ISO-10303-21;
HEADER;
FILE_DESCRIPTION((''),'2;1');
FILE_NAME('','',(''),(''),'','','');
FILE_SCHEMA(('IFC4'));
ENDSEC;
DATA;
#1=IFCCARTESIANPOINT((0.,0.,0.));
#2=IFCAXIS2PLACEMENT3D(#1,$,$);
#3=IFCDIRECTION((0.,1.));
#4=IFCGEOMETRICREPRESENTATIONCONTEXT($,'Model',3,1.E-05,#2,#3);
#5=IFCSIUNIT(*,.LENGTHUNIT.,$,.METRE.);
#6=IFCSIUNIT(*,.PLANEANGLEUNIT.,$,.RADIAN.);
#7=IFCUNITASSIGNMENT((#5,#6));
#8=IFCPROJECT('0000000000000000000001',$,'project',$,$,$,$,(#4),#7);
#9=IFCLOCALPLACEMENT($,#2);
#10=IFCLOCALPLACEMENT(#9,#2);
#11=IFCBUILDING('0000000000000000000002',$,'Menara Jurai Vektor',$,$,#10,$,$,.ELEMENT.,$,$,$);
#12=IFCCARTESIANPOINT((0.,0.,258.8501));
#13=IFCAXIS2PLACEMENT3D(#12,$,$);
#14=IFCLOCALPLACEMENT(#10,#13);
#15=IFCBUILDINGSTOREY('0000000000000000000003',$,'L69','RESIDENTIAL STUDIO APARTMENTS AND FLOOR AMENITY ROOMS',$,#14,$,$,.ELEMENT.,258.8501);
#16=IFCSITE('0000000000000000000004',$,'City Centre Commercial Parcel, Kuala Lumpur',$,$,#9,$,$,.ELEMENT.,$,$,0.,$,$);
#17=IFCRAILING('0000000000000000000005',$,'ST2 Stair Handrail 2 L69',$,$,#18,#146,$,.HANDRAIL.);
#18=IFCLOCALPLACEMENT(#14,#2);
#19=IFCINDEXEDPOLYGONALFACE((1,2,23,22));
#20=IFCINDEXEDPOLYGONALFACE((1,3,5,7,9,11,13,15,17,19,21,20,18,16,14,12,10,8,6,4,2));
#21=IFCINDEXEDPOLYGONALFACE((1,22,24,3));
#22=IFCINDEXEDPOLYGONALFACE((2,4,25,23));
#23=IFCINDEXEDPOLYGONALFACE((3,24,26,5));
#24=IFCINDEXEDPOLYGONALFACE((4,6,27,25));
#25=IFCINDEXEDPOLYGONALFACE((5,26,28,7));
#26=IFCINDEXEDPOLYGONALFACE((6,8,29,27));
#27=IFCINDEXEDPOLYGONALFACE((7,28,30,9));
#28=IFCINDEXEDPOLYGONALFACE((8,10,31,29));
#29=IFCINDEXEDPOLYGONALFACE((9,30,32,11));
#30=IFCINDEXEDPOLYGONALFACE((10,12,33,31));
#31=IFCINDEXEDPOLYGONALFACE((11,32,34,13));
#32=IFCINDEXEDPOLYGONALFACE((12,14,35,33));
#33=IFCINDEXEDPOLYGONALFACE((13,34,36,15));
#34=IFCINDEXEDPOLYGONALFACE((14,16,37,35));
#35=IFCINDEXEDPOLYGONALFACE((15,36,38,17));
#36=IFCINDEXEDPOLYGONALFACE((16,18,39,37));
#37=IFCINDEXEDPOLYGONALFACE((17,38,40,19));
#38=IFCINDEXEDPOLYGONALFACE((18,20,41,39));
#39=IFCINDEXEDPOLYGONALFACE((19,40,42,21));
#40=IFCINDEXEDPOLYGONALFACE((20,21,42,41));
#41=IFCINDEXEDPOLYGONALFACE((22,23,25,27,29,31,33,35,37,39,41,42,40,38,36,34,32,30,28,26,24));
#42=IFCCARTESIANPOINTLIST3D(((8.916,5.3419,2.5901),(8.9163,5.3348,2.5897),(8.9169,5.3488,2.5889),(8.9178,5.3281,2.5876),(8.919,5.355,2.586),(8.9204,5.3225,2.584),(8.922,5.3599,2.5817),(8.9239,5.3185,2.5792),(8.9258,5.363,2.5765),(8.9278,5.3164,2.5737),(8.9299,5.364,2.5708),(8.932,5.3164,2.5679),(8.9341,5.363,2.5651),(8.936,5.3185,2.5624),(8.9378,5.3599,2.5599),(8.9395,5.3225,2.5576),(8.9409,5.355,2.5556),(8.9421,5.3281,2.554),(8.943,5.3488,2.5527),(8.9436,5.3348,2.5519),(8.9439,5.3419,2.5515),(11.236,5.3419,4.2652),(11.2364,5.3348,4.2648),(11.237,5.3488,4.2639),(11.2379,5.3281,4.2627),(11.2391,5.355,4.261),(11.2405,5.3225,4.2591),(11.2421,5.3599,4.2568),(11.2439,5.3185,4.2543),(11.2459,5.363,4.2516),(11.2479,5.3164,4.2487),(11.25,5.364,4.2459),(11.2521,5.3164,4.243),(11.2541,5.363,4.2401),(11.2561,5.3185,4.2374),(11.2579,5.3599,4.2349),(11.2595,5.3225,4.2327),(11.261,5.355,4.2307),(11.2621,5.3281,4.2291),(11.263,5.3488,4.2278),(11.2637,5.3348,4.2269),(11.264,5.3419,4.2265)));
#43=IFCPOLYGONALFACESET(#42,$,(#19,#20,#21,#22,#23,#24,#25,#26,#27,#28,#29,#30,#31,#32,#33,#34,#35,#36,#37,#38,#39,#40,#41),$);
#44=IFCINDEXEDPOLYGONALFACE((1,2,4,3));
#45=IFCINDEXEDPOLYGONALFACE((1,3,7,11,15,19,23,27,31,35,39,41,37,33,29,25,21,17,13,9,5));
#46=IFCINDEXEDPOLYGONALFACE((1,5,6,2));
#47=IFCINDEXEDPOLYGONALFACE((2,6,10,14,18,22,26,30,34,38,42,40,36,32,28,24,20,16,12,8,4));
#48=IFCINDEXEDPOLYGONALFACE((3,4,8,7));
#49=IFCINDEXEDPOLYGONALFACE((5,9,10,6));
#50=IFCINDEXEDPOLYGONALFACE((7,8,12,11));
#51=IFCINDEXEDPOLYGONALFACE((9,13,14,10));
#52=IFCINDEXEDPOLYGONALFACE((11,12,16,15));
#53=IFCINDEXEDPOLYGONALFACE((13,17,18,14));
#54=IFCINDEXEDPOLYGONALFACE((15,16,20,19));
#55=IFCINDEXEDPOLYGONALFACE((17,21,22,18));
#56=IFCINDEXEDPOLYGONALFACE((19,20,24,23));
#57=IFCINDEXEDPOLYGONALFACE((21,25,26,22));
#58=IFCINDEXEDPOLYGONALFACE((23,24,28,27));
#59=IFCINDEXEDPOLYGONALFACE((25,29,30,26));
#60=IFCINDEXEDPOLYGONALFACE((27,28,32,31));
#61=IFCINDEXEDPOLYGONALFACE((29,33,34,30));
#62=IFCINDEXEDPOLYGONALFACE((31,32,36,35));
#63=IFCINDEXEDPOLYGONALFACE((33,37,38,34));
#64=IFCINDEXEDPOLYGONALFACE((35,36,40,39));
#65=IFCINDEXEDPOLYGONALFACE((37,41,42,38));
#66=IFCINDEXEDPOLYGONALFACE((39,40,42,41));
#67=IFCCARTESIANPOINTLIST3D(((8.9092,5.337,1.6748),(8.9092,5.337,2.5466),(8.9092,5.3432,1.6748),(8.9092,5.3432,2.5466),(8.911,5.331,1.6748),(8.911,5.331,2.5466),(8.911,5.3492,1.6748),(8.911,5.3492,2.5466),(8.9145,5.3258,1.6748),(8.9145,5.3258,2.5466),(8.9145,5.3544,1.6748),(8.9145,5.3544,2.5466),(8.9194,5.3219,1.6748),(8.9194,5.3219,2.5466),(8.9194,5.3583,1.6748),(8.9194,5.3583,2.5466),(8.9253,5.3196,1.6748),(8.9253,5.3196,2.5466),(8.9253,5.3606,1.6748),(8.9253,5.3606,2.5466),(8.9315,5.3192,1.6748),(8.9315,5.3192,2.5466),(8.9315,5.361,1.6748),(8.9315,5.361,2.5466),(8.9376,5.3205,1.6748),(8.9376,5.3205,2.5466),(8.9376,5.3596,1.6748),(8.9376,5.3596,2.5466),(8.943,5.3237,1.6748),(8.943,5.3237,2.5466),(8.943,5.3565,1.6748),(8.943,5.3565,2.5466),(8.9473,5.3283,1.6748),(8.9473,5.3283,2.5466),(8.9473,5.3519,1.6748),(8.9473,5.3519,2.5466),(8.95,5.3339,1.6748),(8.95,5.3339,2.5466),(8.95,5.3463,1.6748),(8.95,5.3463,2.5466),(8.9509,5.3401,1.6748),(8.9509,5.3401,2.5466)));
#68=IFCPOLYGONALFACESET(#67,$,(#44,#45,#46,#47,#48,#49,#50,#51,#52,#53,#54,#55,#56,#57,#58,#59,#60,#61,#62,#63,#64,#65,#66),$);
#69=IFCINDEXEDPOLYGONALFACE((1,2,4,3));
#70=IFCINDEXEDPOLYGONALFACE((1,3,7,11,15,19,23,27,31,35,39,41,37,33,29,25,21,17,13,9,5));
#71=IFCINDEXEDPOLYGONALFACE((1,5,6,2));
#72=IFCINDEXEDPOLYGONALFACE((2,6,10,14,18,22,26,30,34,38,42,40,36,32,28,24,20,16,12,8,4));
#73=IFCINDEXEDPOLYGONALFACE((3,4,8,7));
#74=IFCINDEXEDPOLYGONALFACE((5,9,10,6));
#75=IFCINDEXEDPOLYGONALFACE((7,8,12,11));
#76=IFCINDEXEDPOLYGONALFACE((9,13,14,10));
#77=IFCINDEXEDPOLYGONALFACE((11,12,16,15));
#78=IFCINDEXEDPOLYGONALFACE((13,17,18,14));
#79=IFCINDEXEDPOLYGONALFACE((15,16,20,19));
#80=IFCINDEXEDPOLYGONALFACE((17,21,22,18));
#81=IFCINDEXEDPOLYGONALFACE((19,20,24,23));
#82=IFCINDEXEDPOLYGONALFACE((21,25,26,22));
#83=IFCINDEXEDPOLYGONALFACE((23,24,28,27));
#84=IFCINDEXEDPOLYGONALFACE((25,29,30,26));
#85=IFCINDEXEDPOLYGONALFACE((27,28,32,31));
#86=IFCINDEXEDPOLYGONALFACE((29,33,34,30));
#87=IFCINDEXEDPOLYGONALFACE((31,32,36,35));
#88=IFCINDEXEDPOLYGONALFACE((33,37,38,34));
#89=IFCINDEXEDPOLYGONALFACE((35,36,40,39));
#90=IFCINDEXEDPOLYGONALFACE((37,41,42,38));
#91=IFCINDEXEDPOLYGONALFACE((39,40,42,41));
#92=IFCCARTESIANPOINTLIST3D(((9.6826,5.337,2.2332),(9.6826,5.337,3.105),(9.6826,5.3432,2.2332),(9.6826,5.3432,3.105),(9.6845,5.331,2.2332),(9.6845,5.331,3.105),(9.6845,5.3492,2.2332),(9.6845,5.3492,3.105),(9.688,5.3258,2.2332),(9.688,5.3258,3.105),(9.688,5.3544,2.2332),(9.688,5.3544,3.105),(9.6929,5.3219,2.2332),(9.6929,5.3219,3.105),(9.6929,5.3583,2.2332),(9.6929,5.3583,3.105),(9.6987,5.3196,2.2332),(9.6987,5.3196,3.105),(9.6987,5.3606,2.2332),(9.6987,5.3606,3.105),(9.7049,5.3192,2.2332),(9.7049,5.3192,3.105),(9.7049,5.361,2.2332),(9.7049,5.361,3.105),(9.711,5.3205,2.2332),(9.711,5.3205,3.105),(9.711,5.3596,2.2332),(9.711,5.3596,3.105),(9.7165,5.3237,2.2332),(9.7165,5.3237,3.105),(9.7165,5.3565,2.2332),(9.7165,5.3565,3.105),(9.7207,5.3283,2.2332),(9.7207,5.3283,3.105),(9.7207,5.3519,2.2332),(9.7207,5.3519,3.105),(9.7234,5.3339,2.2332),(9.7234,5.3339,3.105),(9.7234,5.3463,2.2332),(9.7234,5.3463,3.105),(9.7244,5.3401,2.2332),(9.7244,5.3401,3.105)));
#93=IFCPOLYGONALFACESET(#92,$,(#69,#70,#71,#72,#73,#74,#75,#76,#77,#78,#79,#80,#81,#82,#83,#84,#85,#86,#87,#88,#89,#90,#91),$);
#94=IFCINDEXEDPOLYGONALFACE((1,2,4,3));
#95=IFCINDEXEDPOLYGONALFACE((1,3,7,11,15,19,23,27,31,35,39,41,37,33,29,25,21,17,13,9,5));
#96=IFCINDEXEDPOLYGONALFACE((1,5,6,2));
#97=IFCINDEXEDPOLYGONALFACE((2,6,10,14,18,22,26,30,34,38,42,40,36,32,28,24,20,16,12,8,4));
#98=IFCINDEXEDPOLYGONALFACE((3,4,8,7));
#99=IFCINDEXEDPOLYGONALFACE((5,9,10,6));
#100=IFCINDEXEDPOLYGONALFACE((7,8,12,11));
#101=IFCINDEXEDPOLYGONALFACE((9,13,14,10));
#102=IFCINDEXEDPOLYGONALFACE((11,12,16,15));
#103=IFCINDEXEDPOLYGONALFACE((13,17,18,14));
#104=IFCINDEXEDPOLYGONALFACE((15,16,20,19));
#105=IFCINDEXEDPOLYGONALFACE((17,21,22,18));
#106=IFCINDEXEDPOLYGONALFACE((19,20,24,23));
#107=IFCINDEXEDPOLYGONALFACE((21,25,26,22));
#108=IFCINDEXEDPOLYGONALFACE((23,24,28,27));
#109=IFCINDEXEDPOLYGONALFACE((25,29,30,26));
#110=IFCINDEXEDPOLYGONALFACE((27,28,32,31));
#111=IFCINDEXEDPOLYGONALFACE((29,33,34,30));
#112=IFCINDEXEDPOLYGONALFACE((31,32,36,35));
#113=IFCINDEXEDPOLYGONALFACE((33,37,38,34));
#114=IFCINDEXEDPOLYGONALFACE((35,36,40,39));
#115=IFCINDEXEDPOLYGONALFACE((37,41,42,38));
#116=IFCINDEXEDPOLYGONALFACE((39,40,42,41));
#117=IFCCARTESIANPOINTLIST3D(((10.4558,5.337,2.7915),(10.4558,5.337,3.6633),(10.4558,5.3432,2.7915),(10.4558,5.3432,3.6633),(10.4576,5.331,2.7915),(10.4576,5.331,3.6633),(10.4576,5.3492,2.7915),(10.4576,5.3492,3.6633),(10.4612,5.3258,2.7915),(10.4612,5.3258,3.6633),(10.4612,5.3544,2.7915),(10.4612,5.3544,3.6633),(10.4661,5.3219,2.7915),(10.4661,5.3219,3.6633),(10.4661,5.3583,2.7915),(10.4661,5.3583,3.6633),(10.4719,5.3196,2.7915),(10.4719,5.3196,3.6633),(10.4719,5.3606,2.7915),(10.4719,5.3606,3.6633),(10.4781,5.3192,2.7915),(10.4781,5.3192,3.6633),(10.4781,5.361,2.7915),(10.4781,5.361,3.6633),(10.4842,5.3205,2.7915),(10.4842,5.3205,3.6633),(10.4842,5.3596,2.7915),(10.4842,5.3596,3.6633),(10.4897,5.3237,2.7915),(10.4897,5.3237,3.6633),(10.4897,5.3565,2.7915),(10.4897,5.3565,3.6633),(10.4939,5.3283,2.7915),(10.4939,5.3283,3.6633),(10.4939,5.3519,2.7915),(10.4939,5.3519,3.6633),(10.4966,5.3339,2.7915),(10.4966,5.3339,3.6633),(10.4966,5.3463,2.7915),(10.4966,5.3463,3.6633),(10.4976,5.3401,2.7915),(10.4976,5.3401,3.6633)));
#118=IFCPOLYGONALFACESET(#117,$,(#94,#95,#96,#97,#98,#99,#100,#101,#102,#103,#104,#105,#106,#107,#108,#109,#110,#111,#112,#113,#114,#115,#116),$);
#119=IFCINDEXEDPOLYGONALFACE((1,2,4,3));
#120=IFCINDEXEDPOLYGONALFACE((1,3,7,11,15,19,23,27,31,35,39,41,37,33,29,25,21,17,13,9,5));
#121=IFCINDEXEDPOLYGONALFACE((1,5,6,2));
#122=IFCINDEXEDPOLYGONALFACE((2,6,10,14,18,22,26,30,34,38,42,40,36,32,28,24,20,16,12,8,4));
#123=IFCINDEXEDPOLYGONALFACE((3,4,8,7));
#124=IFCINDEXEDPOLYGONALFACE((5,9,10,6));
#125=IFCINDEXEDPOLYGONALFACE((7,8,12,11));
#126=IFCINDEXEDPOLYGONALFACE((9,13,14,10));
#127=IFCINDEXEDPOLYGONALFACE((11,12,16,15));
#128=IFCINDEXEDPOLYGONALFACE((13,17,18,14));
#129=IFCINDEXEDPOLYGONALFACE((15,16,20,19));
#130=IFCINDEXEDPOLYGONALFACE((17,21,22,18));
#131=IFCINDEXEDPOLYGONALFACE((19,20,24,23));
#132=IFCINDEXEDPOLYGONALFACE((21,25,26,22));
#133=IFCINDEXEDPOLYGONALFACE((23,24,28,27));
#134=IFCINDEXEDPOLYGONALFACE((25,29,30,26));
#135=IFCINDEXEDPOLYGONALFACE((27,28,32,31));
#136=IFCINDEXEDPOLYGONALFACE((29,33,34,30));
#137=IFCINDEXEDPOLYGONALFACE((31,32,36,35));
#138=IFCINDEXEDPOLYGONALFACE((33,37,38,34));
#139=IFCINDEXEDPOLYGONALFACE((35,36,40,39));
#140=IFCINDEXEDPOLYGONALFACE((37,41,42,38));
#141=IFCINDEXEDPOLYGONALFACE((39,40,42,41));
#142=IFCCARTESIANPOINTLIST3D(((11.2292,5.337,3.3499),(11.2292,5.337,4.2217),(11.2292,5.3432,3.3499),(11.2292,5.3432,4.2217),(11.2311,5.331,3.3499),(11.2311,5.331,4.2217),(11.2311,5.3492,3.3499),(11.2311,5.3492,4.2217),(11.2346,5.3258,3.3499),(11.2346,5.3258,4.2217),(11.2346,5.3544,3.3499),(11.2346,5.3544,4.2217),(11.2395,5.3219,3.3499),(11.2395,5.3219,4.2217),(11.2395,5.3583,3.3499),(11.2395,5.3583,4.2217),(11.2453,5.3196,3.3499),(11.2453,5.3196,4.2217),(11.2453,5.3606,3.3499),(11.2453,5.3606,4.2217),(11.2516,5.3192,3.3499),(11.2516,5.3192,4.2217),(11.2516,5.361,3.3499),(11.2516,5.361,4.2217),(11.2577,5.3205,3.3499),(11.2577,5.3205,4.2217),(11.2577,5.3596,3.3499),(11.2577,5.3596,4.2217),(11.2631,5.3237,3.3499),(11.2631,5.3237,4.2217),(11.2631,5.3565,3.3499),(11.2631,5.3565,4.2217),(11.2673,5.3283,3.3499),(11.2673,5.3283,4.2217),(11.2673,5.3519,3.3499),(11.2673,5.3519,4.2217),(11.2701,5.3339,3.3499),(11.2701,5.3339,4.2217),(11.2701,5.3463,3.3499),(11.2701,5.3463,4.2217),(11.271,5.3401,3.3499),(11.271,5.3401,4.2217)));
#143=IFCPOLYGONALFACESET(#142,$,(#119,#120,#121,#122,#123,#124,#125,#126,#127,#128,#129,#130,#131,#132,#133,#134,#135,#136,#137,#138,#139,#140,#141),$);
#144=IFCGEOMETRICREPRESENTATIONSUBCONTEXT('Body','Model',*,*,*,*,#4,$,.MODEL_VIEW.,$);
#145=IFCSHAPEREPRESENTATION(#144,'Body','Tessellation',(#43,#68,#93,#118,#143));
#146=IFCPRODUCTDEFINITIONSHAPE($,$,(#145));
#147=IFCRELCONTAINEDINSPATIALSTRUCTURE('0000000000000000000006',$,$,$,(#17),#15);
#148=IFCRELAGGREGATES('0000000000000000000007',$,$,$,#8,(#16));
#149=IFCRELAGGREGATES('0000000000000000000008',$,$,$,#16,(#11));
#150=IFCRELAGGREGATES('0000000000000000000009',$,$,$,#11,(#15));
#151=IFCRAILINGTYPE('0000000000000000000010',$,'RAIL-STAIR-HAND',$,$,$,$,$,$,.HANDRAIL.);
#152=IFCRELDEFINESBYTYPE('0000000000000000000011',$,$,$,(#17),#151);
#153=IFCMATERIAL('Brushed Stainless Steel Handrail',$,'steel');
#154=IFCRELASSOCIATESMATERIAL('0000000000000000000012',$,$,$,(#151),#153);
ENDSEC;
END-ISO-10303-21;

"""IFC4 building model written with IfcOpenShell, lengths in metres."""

from ifc_helpers import new_model, si_unit, direction, frame, origin, origin_2d, place, context, subcontext, project, spatial, circle, extrude, material, type_object, element, save


model = new_model("IFC4")

# Units and contexts
model_context = context("Model", 3, precision=1e-05, world=origin(), true_north=direction((0.0, 1.0)))
body_context = subcontext(model_context, "Body", "Model", "MODEL_VIEW")
ifc_project = project(units=[si_unit("LENGTHUNIT", "METRE"), si_unit("PLANEANGLEUNIT", "RADIAN")], contexts=[model_context])

# Site, building, storey
site_placement = place(None, origin())
site = spatial("IfcSite", under=ifc_project, at=site_placement, Name="City Centre Commercial Parcel, Kuala Lumpur", CompositionType="ELEMENT", RefElevation=0.0)
building_placement = place(site_placement, origin())
building = spatial("IfcBuilding", under=site, at=building_placement, Name="Menara Jurai Vektor", CompositionType="ELEMENT")
storey_placement = place(building_placement, frame((0.0, 0.0, 258.8501)))
storey = spatial("IfcBuildingStorey", under=building, at=storey_placement, Name="L69", Description="RESIDENTIAL STUDIO APARTMENTS AND FLOOR AMENITY ROOMS", CompositionType="ELEMENT", Elevation=258.8501)

# Railing
ifc_material_1 = material(Name="Brushed Stainless Steel Handrail", Category="steel")
railing_type_1 = type_object("IfcRailingType", Name="RAIL-STAIR-HAND", PredefinedType="HANDRAIL", material=ifc_material_1)
railing_1_placement = place(storey_placement, frame((8.9299, 5.3401, 1.6748)))
element("IfcRailing", 1, at=railing_1_placement, inside=storey, type_object=railing_type_1, Name="ST2 Stair Handrail 2 L69", PredefinedType="HANDRAIL", context=body_context, shape_type="SweptSolid", body=[
    extrude(circle(Radius=0.0239, at=origin_2d()), frame((0.0, 0.0, 0.896), z_axis=(0.810771, 0.0, 0.585363), x_axis=(0.0, 1.0, 0.0)), (0.0, 0.0, 1.0), 2.8616),
    extrude(circle(Radius=0.021, at=origin_2d()), origin(), (0.0, 0.0, 1.0), 0.8718),
    extrude(circle(Radius=0.021, at=origin_2d()), frame((0.7734, 0.0, 0.5583)), (0.0, 0.0, 1.0), 0.8718),
    extrude(circle(Radius=0.021, at=origin_2d()), frame((1.5466, 0.0, 1.1167)), (0.0, 0.0, 1.0), 0.8718),
    extrude(circle(Radius=0.021, at=origin_2d()), frame((2.3201, 0.0, 1.675)), (0.0, 0.0, 1.0), 0.8718),
])

save(model, "model.ifc")
